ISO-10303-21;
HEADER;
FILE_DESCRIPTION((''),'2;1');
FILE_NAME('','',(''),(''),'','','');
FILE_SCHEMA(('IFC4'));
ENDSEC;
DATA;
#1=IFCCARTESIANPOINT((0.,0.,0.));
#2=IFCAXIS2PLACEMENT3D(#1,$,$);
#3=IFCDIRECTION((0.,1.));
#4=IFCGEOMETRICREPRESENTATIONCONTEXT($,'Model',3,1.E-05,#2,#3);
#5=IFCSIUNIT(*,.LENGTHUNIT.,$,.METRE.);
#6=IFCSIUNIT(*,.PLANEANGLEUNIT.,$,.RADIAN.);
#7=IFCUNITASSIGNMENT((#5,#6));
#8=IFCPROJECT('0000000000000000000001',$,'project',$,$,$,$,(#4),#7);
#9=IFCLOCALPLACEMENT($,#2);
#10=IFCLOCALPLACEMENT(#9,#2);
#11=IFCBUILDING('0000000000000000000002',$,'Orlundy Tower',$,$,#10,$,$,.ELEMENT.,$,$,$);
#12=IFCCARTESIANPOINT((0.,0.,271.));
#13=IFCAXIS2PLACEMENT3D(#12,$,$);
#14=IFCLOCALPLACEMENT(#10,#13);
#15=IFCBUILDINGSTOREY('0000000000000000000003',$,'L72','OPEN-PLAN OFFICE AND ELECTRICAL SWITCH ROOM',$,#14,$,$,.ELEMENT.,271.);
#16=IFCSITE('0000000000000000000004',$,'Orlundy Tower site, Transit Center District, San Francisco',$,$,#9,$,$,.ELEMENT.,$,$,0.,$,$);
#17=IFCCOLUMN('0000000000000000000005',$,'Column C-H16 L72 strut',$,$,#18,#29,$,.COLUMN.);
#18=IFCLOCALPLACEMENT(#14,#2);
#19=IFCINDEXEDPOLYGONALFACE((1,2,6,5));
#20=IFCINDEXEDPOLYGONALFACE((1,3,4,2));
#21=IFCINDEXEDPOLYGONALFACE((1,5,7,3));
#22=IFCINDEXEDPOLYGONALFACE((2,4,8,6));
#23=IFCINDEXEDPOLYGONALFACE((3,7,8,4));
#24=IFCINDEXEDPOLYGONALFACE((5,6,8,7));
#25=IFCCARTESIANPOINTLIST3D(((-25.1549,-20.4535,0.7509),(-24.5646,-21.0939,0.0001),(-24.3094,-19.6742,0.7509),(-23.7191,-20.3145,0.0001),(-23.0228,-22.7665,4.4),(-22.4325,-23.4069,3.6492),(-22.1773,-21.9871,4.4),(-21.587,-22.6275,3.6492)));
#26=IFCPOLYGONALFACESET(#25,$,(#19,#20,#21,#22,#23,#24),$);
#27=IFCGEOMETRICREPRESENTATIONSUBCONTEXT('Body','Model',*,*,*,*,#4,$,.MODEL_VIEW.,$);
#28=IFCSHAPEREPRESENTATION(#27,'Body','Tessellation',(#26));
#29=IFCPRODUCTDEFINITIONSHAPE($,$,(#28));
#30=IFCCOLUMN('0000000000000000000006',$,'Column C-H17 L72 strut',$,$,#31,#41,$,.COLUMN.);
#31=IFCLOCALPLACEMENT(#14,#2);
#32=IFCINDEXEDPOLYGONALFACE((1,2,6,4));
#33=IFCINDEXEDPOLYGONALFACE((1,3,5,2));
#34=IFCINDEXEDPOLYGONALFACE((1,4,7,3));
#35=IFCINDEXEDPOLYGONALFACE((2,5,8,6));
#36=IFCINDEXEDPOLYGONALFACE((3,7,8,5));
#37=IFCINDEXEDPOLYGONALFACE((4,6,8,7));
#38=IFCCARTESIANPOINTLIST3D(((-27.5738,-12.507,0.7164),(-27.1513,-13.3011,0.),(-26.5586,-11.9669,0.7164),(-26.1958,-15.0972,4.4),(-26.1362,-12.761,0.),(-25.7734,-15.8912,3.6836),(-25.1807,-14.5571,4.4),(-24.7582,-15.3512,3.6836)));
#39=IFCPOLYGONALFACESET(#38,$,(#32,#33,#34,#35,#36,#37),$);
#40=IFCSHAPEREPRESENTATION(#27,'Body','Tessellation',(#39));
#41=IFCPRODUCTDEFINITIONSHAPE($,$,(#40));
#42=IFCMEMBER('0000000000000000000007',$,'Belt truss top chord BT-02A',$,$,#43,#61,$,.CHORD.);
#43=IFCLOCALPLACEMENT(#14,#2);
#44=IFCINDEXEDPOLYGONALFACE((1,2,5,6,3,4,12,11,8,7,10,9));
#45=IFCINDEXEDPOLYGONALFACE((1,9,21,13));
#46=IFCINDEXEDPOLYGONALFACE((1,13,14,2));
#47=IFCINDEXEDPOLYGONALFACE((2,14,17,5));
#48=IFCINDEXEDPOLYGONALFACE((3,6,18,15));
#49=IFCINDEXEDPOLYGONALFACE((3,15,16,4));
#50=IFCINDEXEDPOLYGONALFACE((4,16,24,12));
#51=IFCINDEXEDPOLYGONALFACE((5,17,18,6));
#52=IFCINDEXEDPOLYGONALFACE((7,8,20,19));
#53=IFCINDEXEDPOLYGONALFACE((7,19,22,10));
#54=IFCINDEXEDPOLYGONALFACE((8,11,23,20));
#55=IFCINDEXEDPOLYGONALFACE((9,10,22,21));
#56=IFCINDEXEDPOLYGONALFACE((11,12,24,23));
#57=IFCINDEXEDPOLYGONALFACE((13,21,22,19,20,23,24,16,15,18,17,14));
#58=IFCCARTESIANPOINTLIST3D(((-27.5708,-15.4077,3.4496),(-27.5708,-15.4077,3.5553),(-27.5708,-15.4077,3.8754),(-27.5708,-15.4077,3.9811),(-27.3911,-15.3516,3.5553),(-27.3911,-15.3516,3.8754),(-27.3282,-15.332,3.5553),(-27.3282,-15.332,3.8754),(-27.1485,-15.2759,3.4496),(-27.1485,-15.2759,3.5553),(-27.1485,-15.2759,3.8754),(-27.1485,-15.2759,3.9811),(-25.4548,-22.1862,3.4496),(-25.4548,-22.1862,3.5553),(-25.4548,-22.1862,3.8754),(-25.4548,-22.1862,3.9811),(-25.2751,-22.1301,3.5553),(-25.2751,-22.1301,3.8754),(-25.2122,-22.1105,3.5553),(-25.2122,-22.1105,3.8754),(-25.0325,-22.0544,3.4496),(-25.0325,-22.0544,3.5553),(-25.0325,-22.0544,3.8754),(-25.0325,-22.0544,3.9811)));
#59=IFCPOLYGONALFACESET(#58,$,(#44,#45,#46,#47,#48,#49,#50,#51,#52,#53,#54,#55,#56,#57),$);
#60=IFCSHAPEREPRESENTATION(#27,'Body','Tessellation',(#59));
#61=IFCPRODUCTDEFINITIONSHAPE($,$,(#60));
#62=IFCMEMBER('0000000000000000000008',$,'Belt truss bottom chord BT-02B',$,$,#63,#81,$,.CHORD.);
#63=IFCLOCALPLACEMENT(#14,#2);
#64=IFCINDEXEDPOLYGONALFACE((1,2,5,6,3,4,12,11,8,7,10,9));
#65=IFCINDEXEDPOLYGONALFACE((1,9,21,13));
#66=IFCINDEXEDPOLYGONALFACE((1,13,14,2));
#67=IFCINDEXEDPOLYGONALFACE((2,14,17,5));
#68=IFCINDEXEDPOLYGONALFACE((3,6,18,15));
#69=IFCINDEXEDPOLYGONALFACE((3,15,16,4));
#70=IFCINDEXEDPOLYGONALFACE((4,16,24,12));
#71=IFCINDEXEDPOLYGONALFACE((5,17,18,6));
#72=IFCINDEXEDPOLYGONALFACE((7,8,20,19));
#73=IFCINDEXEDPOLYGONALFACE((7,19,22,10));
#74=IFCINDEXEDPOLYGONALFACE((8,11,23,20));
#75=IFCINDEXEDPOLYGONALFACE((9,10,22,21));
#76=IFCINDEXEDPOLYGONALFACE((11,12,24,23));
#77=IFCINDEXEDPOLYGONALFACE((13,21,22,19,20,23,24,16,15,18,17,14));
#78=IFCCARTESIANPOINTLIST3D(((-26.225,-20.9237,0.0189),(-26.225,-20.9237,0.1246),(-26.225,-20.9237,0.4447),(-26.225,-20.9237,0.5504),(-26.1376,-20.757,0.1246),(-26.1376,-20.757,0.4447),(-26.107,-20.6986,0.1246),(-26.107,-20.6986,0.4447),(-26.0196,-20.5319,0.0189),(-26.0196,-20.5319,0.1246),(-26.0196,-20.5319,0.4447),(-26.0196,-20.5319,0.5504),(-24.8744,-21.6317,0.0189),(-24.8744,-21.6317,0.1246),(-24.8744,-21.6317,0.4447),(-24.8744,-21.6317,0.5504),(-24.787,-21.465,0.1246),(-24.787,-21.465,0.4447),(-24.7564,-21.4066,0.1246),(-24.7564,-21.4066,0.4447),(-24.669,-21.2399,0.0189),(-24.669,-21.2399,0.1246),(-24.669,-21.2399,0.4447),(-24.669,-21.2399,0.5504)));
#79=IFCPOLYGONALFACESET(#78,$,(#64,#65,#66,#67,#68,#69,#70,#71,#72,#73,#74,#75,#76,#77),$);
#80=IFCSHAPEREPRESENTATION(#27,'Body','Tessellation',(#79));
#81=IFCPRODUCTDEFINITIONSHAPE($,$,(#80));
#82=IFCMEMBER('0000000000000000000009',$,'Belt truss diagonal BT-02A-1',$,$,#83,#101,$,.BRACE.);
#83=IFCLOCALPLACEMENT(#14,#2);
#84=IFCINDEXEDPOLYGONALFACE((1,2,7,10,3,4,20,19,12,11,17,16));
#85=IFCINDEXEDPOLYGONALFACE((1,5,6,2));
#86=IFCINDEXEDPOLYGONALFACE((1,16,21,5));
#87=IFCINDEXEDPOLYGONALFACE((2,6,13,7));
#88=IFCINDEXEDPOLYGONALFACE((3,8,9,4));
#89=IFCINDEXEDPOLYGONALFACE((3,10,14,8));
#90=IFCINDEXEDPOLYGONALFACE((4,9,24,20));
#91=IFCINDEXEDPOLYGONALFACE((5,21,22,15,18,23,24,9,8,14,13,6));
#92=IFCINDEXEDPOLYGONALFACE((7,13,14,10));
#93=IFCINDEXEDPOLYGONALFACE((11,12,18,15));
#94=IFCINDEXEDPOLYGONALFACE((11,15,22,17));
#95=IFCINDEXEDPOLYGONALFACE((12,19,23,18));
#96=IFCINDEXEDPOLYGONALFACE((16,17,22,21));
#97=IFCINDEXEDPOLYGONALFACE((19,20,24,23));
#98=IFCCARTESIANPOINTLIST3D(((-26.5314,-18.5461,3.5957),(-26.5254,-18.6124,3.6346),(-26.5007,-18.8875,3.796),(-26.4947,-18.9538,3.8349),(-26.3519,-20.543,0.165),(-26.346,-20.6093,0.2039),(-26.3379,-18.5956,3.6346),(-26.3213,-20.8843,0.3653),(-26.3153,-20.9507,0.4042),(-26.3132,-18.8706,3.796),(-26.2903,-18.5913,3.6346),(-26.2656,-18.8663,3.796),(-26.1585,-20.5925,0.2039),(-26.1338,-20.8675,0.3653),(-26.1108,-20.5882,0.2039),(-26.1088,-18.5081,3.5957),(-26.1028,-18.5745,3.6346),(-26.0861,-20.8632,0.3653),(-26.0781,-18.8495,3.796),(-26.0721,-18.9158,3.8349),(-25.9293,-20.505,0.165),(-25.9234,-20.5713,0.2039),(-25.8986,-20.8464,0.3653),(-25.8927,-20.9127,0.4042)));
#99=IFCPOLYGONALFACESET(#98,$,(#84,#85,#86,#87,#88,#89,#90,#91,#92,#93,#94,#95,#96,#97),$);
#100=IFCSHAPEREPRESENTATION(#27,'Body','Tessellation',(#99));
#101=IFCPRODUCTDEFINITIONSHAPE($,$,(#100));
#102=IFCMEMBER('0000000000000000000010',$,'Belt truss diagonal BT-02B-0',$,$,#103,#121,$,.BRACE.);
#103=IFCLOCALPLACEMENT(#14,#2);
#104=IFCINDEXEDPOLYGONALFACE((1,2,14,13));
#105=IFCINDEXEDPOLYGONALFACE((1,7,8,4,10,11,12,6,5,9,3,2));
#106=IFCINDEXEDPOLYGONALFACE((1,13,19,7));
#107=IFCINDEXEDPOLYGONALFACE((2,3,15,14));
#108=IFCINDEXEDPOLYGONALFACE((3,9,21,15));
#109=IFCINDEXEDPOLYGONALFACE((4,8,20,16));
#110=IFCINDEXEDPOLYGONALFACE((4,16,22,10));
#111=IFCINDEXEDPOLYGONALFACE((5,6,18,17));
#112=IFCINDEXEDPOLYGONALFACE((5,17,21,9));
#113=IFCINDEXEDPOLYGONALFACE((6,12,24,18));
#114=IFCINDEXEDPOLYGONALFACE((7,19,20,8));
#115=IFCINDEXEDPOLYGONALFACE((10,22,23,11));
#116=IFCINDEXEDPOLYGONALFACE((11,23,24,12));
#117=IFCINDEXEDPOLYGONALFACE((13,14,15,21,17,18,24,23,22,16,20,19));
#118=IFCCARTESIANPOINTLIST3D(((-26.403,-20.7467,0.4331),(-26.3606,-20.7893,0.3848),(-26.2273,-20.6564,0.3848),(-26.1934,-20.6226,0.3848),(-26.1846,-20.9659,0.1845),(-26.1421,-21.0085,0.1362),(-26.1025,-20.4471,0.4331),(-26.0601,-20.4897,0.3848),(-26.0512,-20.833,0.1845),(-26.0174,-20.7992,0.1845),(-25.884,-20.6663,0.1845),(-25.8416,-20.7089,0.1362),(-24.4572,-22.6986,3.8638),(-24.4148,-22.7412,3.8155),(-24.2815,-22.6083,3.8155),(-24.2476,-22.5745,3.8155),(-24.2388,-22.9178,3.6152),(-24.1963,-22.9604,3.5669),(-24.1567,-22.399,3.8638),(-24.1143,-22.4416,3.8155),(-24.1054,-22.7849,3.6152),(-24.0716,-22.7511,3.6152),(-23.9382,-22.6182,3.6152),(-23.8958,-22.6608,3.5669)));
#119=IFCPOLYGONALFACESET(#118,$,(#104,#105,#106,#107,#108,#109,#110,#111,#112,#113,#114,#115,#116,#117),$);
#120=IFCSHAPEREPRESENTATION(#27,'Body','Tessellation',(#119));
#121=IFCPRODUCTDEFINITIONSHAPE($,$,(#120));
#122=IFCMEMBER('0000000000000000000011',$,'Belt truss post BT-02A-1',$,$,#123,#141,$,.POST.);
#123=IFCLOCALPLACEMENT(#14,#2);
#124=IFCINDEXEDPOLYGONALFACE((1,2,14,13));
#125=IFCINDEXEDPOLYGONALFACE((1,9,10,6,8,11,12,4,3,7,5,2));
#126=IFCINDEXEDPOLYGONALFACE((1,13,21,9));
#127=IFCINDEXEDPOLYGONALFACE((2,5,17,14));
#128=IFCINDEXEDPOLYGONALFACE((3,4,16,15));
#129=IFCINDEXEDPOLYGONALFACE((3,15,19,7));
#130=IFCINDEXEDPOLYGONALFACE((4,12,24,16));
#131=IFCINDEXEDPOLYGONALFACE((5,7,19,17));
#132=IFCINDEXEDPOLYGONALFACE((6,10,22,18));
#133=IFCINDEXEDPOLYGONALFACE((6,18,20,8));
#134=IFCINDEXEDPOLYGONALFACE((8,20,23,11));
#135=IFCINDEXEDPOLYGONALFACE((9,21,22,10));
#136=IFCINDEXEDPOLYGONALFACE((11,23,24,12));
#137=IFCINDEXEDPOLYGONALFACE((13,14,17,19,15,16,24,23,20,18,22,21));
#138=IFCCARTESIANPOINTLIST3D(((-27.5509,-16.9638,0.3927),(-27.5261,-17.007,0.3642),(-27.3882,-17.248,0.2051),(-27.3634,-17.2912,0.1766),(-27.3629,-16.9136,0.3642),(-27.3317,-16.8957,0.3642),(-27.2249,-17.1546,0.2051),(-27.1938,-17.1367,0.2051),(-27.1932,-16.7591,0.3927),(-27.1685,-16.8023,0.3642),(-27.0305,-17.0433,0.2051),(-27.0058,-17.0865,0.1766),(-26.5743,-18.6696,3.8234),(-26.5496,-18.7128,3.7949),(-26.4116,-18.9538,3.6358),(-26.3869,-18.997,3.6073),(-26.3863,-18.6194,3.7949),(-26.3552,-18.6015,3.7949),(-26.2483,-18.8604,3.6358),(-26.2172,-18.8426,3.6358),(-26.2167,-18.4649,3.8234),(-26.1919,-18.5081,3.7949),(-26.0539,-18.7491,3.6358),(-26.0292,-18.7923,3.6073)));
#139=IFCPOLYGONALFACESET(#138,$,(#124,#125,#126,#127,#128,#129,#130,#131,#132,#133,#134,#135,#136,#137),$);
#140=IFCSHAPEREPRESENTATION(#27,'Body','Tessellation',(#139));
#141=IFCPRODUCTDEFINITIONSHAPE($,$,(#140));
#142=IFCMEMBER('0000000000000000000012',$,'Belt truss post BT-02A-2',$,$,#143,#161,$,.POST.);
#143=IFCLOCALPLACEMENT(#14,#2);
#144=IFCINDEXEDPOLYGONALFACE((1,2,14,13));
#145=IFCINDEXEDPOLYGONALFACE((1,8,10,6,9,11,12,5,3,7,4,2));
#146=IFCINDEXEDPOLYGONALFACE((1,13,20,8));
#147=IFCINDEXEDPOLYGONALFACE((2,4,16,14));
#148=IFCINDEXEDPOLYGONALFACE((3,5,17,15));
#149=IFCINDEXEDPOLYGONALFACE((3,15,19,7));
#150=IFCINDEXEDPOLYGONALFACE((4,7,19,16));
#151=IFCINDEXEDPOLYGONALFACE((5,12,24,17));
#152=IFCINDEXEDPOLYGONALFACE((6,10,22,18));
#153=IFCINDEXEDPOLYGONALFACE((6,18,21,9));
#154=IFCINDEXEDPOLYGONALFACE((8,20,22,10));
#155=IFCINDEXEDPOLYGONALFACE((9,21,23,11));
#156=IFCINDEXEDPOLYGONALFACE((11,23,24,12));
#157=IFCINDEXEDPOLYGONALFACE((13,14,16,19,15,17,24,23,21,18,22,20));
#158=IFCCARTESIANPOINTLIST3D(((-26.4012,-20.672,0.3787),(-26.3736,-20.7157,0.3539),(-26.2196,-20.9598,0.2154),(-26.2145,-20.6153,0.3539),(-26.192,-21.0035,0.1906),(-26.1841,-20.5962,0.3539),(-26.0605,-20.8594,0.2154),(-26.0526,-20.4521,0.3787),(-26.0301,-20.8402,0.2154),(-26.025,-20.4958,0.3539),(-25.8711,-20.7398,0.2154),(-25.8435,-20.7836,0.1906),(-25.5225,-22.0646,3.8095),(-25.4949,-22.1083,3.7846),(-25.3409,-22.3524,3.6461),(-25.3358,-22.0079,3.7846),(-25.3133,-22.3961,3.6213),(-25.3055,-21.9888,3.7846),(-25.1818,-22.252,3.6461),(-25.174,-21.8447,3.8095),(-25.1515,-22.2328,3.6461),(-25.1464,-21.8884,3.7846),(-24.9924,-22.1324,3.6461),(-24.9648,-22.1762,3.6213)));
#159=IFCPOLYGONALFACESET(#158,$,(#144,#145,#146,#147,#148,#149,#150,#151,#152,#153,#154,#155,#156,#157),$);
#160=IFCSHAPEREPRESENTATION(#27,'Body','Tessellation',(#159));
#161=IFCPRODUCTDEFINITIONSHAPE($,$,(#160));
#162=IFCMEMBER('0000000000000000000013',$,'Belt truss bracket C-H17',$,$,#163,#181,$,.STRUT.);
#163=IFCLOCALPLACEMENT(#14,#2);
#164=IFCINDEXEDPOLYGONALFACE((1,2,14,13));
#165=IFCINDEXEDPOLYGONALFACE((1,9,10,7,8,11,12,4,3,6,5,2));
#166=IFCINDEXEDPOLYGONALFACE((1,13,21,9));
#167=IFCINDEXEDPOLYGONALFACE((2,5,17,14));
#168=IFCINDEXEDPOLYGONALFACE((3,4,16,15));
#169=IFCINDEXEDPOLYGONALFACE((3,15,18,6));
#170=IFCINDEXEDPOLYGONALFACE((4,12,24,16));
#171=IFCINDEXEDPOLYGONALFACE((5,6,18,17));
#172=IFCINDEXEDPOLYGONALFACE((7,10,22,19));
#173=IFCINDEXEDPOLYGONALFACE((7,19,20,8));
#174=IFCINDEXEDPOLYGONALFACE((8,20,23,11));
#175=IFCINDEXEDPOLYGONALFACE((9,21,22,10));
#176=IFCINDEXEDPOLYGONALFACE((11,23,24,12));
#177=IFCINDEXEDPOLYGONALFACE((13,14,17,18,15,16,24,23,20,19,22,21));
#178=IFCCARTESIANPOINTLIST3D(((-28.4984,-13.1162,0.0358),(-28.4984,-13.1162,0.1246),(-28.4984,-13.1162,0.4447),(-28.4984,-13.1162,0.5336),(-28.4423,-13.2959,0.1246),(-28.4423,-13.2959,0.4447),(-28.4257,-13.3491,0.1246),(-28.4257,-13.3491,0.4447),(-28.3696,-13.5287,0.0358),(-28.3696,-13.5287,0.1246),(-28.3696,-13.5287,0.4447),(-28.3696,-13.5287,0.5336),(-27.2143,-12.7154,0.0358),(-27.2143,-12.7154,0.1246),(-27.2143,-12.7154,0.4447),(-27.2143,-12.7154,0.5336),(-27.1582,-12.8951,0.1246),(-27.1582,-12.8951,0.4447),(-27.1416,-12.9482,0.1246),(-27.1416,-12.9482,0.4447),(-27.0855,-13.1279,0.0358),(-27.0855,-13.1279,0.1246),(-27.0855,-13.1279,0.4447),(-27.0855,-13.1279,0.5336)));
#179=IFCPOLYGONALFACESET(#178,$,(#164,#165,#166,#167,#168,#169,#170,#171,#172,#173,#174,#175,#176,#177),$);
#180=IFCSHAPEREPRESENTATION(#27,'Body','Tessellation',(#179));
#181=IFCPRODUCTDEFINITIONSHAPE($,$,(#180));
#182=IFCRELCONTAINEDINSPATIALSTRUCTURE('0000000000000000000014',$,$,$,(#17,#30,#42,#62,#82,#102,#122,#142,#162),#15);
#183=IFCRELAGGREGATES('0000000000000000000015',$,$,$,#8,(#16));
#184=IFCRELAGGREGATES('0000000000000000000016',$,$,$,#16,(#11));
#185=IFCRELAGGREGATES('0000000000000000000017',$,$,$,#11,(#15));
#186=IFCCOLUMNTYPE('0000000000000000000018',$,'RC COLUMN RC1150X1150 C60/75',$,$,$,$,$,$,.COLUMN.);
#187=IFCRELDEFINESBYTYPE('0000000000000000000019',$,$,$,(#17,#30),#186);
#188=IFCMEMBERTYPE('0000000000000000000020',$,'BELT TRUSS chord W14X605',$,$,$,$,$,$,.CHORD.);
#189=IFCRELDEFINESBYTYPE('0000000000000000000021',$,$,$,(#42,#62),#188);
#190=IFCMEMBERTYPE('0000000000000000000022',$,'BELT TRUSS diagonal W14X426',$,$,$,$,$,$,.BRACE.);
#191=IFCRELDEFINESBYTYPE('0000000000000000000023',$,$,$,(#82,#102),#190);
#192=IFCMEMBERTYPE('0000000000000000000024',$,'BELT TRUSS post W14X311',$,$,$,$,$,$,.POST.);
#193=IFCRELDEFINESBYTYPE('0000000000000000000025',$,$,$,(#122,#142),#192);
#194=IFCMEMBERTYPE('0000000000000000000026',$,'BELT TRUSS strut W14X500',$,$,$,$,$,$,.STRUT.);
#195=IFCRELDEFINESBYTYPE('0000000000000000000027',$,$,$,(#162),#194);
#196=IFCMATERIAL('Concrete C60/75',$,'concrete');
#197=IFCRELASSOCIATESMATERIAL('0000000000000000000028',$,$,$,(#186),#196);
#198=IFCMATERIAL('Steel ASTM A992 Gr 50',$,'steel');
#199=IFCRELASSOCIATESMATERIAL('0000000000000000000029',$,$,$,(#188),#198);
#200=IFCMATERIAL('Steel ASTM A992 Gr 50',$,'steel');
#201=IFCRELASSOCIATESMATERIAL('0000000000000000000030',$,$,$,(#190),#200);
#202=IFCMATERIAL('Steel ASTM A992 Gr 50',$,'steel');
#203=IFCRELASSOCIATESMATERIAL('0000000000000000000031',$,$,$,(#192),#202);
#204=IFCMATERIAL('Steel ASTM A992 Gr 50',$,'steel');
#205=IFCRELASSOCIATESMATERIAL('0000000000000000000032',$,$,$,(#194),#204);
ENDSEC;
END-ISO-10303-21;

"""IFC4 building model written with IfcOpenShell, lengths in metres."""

from ifc_helpers import new_model, si_unit, direction, frame, origin, origin_2d, place, context, subcontext, project, spatial, rectangle, i_section, extrude, material, material_profile, profile_set, type_object, element, save


model = new_model("IFC4")

# Units and contexts
model_context = context("Model", 3, precision=1e-05, world=origin(), true_north=direction((0.0, 1.0)))
body_context = subcontext(model_context, "Body", "Model", "MODEL_VIEW")
ifc_project = project(units=[si_unit("LENGTHUNIT", "METRE"), si_unit("PLANEANGLEUNIT", "RADIAN")], contexts=[model_context])

# Site, building, storey
site_placement = place(None, origin())
site = spatial("IfcSite", under=ifc_project, at=site_placement, Name="Orlundy Tower site, Transit Center District, San Francisco", CompositionType="ELEMENT", RefElevation=0.0)
building_placement = place(site_placement, origin())
building = spatial("IfcBuilding", under=site, at=building_placement, Name="Orlundy Tower", CompositionType="ELEMENT")
storey_placement = place(building_placement, frame((0.0, 0.0, 271.0)))
storey = spatial("IfcBuildingStorey", under=building, at=storey_placement, Name="L72", Description="OPEN-PLAN OFFICE AND ELECTRICAL SWITCH ROOM", CompositionType="ELEMENT", Elevation=271.0)

# Columns
ifc_material_1 = material(Name="Concrete C60/75", Category="concrete")
ifc_material_profile_1 = material_profile(ifc_material_1, rectangle(XDim=1.1499, YDim=1.1499, at=origin_2d()), Name="RC1150X1150")
ifc_profile_set_1 = profile_set([ifc_material_profile_1], Name="Concrete C60/75")
column_type = type_object("IfcColumnType", Name="RC COLUMN RC1150X1150 C60/75", PredefinedType="COLUMN", material=ifc_profile_set_1)
column_1_placement = place(storey_placement, frame((-24.437, -20.384, 0.3755), z_axis=(0.442533, -0.480083, 0.75742), x_axis=(0.735276, 0.677767, 0.0)))
element("IfcColumn", 1, at=column_1_placement, inside=storey, type_object=column_type, Name="Column C-H16 L72 strut", PredefinedType="COLUMN", context=body_context, shape_type="SweptSolid", body=[
    extrude(rectangle(XDim=1.1499, YDim=1.1499, at=origin_2d()), origin(), (0.0, 0.0, 1.0), 4.8179),
])
column_2_placement = place(storey_placement, frame((-26.855, -12.634, 0.3582), z_axis=(0.292607, -0.550012, 0.78222), x_axis=(0.882841, 0.469672, 0.0)))
element("IfcColumn", 2, at=column_2_placement, inside=storey, type_object=column_type, Name="Column C-H17 L72 strut", PredefinedType="COLUMN", context=body_context, shape_type="SweptSolid", body=[
    extrude(rectangle(XDim=1.1499, YDim=1.1499, at=origin_2d()), origin(), (0.0, 0.0, 1.0), 4.7092),
])

# Members
ifc_material_2 = material(Name="Steel ASTM A992 Gr 50", Category="steel")
ifc_material_profile_2 = material_profile(ifc_material_2, i_section(OverallWidth=0.4424, OverallDepth=0.5315, WebThickness=0.0659, FlangeThickness=0.1057, at=origin_2d()), Name="W14X605")
ifc_profile_set_2 = profile_set([ifc_material_profile_2], Name="Steel ASTM A992 Gr 50")
member_type_1 = type_object("IfcMemberType", Name="BELT TRUSS chord W14X605", PredefinedType="CHORD", material=ifc_profile_set_2)
member_1_placement = place(storey_placement, frame((-27.3596, -15.3418, 3.7153), z_axis=(0.297975, -0.954574, 0.0), x_axis=(0.954574, 0.297975, 0.0)))
element("IfcMember", 3, at=member_1_placement, inside=storey, type_object=member_type_1, Name="Belt truss top chord BT-02A", PredefinedType="CHORD", context=body_context, shape_type="SweptSolid", body=[
    extrude(i_section(OverallWidth=0.4424, OverallDepth=0.5315, WebThickness=0.0659, FlangeThickness=0.1057, at=origin_2d()), origin(), (0.0, 0.0, 1.0), 7.1011),
])
member_2_placement = place(storey_placement, frame((-26.1223, -20.7278, 0.2847), z_axis=(0.885681, -0.464294, 0.0), x_axis=(0.464294, 0.885681, 0.0)))
element("IfcMember", 4, at=member_2_placement, inside=storey, type_object=member_type_1, Name="Belt truss bottom chord BT-02B", PredefinedType="CHORD", context=body_context, shape_type="SweptSolid", body=[
    extrude(i_section(OverallWidth=0.4424, OverallDepth=0.5315, WebThickness=0.0659, FlangeThickness=0.1057, at=origin_2d()), origin(), (0.0, 0.0, 1.0), 1.5249),
])
ifc_material_3 = material(Name="Steel ASTM A992 Gr 50", Category="steel")
ifc_material_profile_3 = material_profile(ifc_material_3, i_section(OverallWidth=0.4243, OverallDepth=0.4741, WebThickness=0.0479, FlangeThickness=0.0771, at=origin_2d()), Name="W14X426")
ifc_profile_set_3 = profile_set([ifc_material_profile_3], Name="Steel ASTM A992 Gr 50")
member_type_2 = type_object("IfcMemberType", Name="BELT TRUSS diagonal W14X426", PredefinedType="BRACE", material=ifc_profile_set_3)
member_3_placement = place(storey_placement, frame((-26.3018, -18.731, 3.7153), z_axis=(0.04516, -0.502532, -0.863379), x_axis=(0.995986, 0.089504, 0.0)))
element("IfcMember", 5, at=member_3_placement, inside=storey, type_object=member_type_2, Name="Belt truss diagonal BT-02A-1", PredefinedType="BRACE", context=body_context, shape_type="SweptSolid", body=[
    extrude(i_section(OverallWidth=0.4243, OverallDepth=0.4741, WebThickness=0.0479, FlangeThickness=0.0771, at=origin_2d()), origin(), (0.0, 0.0, 1.0), 3.9736),
])
member_4_placement = place(storey_placement, frame((-26.1223, -20.7278, 0.2847), z_axis=(0.442164, -0.443551, 0.779585), x_axis=(0.708213, 0.705999, 0.0)))
element("IfcMember", 6, at=member_4_placement, inside=storey, type_object=member_type_2, Name="Belt truss diagonal BT-02B-0", PredefinedType="BRACE", context=body_context, shape_type="SweptSolid", body=[
    extrude(i_section(OverallWidth=0.4243, OverallDepth=0.4741, WebThickness=0.0479, FlangeThickness=0.0771, at=origin_2d()), origin(), (0.0, 0.0, 1.0), 4.4006),
])
ifc_material_4 = material(Name="Steel ASTM A992 Gr 50", Category="steel")
ifc_material_profile_4 = material_profile(ifc_material_4, i_section(OverallWidth=0.4121, OverallDepth=0.4348, WebThickness=0.0359, FlangeThickness=0.0574, at=origin_2d()), Name="W14X311")
ifc_profile_set_4 = profile_set([ifc_material_profile_4], Name="Steel ASTM A992 Gr 50")
member_type_3 = type_object("IfcMemberType", Name="BELT TRUSS post W14X311", PredefinedType="POST", material=ifc_profile_set_4)
member_5_placement = place(storey_placement, frame((-27.2783, -17.0251, 0.2847), z_axis=(0.24699, -0.43143, 0.867677), x_axis=(0.867845, 0.496834, 0.0)))
element("IfcMember", 7, at=member_5_placement, inside=storey, type_object=member_type_3, Name="Belt truss post BT-02A-1", PredefinedType="POST", context=body_context, shape_type="SweptSolid", body=[
    extrude(i_section(OverallWidth=0.4121, OverallDepth=0.4348, WebThickness=0.0359, FlangeThickness=0.0574, at=origin_2d()), origin(), (0.0, 0.0, 1.0), 3.9539),
])
member_6_placement = place(storey_placement, frame((-26.1223, -20.7278, 0.2847), z_axis=(0.230901, -0.365952, 0.901534), x_axis=(0.845725, 0.533619, 0.0)))
element("IfcMember", 8, at=member_6_placement, inside=storey, type_object=member_type_3, Name="Belt truss post BT-02A-2", PredefinedType="POST", context=body_context, shape_type="SweptSolid", body=[
    extrude(i_section(OverallWidth=0.4121, OverallDepth=0.4348, WebThickness=0.0359, FlangeThickness=0.0574, at=origin_2d()), origin(), (0.0, 0.0, 1.0), 3.8054),
])
ifc_material_5 = material(Name="Steel ASTM A992 Gr 50", Category="steel")
ifc_material_profile_5 = material_profile(ifc_material_5, i_section(OverallWidth=0.4321, OverallDepth=0.4978, WebThickness=0.0557, FlangeThickness=0.0889, at=origin_2d()), Name="W14X500")
ifc_profile_set_5 = profile_set([ifc_material_profile_5], Name="Steel ASTM A992 Gr 50")
member_type_4 = type_object("IfcMemberType", Name="BELT TRUSS strut W14X500", PredefinedType="STRUT", material=ifc_profile_set_5)
member_7_placement = place(storey_placement, frame((-27.1499, -12.9216, 0.2847), z_axis=(-0.95457, -0.297986, 0.0), x_axis=(0.297986, -0.95457, 0.0)))
element("IfcMember", 9, at=member_7_placement, inside=storey, type_object=member_type_4, Name="Belt truss bracket C-H17", PredefinedType="STRUT", context=body_context, shape_type="SweptSolid", body=[
    extrude(i_section(OverallWidth=0.4321, OverallDepth=0.4978, WebThickness=0.0557, FlangeThickness=0.0889, at=origin_2d()), origin(), (0.0, 0.0, 1.0), 1.3452),
])

save(model, "model.ifc")
